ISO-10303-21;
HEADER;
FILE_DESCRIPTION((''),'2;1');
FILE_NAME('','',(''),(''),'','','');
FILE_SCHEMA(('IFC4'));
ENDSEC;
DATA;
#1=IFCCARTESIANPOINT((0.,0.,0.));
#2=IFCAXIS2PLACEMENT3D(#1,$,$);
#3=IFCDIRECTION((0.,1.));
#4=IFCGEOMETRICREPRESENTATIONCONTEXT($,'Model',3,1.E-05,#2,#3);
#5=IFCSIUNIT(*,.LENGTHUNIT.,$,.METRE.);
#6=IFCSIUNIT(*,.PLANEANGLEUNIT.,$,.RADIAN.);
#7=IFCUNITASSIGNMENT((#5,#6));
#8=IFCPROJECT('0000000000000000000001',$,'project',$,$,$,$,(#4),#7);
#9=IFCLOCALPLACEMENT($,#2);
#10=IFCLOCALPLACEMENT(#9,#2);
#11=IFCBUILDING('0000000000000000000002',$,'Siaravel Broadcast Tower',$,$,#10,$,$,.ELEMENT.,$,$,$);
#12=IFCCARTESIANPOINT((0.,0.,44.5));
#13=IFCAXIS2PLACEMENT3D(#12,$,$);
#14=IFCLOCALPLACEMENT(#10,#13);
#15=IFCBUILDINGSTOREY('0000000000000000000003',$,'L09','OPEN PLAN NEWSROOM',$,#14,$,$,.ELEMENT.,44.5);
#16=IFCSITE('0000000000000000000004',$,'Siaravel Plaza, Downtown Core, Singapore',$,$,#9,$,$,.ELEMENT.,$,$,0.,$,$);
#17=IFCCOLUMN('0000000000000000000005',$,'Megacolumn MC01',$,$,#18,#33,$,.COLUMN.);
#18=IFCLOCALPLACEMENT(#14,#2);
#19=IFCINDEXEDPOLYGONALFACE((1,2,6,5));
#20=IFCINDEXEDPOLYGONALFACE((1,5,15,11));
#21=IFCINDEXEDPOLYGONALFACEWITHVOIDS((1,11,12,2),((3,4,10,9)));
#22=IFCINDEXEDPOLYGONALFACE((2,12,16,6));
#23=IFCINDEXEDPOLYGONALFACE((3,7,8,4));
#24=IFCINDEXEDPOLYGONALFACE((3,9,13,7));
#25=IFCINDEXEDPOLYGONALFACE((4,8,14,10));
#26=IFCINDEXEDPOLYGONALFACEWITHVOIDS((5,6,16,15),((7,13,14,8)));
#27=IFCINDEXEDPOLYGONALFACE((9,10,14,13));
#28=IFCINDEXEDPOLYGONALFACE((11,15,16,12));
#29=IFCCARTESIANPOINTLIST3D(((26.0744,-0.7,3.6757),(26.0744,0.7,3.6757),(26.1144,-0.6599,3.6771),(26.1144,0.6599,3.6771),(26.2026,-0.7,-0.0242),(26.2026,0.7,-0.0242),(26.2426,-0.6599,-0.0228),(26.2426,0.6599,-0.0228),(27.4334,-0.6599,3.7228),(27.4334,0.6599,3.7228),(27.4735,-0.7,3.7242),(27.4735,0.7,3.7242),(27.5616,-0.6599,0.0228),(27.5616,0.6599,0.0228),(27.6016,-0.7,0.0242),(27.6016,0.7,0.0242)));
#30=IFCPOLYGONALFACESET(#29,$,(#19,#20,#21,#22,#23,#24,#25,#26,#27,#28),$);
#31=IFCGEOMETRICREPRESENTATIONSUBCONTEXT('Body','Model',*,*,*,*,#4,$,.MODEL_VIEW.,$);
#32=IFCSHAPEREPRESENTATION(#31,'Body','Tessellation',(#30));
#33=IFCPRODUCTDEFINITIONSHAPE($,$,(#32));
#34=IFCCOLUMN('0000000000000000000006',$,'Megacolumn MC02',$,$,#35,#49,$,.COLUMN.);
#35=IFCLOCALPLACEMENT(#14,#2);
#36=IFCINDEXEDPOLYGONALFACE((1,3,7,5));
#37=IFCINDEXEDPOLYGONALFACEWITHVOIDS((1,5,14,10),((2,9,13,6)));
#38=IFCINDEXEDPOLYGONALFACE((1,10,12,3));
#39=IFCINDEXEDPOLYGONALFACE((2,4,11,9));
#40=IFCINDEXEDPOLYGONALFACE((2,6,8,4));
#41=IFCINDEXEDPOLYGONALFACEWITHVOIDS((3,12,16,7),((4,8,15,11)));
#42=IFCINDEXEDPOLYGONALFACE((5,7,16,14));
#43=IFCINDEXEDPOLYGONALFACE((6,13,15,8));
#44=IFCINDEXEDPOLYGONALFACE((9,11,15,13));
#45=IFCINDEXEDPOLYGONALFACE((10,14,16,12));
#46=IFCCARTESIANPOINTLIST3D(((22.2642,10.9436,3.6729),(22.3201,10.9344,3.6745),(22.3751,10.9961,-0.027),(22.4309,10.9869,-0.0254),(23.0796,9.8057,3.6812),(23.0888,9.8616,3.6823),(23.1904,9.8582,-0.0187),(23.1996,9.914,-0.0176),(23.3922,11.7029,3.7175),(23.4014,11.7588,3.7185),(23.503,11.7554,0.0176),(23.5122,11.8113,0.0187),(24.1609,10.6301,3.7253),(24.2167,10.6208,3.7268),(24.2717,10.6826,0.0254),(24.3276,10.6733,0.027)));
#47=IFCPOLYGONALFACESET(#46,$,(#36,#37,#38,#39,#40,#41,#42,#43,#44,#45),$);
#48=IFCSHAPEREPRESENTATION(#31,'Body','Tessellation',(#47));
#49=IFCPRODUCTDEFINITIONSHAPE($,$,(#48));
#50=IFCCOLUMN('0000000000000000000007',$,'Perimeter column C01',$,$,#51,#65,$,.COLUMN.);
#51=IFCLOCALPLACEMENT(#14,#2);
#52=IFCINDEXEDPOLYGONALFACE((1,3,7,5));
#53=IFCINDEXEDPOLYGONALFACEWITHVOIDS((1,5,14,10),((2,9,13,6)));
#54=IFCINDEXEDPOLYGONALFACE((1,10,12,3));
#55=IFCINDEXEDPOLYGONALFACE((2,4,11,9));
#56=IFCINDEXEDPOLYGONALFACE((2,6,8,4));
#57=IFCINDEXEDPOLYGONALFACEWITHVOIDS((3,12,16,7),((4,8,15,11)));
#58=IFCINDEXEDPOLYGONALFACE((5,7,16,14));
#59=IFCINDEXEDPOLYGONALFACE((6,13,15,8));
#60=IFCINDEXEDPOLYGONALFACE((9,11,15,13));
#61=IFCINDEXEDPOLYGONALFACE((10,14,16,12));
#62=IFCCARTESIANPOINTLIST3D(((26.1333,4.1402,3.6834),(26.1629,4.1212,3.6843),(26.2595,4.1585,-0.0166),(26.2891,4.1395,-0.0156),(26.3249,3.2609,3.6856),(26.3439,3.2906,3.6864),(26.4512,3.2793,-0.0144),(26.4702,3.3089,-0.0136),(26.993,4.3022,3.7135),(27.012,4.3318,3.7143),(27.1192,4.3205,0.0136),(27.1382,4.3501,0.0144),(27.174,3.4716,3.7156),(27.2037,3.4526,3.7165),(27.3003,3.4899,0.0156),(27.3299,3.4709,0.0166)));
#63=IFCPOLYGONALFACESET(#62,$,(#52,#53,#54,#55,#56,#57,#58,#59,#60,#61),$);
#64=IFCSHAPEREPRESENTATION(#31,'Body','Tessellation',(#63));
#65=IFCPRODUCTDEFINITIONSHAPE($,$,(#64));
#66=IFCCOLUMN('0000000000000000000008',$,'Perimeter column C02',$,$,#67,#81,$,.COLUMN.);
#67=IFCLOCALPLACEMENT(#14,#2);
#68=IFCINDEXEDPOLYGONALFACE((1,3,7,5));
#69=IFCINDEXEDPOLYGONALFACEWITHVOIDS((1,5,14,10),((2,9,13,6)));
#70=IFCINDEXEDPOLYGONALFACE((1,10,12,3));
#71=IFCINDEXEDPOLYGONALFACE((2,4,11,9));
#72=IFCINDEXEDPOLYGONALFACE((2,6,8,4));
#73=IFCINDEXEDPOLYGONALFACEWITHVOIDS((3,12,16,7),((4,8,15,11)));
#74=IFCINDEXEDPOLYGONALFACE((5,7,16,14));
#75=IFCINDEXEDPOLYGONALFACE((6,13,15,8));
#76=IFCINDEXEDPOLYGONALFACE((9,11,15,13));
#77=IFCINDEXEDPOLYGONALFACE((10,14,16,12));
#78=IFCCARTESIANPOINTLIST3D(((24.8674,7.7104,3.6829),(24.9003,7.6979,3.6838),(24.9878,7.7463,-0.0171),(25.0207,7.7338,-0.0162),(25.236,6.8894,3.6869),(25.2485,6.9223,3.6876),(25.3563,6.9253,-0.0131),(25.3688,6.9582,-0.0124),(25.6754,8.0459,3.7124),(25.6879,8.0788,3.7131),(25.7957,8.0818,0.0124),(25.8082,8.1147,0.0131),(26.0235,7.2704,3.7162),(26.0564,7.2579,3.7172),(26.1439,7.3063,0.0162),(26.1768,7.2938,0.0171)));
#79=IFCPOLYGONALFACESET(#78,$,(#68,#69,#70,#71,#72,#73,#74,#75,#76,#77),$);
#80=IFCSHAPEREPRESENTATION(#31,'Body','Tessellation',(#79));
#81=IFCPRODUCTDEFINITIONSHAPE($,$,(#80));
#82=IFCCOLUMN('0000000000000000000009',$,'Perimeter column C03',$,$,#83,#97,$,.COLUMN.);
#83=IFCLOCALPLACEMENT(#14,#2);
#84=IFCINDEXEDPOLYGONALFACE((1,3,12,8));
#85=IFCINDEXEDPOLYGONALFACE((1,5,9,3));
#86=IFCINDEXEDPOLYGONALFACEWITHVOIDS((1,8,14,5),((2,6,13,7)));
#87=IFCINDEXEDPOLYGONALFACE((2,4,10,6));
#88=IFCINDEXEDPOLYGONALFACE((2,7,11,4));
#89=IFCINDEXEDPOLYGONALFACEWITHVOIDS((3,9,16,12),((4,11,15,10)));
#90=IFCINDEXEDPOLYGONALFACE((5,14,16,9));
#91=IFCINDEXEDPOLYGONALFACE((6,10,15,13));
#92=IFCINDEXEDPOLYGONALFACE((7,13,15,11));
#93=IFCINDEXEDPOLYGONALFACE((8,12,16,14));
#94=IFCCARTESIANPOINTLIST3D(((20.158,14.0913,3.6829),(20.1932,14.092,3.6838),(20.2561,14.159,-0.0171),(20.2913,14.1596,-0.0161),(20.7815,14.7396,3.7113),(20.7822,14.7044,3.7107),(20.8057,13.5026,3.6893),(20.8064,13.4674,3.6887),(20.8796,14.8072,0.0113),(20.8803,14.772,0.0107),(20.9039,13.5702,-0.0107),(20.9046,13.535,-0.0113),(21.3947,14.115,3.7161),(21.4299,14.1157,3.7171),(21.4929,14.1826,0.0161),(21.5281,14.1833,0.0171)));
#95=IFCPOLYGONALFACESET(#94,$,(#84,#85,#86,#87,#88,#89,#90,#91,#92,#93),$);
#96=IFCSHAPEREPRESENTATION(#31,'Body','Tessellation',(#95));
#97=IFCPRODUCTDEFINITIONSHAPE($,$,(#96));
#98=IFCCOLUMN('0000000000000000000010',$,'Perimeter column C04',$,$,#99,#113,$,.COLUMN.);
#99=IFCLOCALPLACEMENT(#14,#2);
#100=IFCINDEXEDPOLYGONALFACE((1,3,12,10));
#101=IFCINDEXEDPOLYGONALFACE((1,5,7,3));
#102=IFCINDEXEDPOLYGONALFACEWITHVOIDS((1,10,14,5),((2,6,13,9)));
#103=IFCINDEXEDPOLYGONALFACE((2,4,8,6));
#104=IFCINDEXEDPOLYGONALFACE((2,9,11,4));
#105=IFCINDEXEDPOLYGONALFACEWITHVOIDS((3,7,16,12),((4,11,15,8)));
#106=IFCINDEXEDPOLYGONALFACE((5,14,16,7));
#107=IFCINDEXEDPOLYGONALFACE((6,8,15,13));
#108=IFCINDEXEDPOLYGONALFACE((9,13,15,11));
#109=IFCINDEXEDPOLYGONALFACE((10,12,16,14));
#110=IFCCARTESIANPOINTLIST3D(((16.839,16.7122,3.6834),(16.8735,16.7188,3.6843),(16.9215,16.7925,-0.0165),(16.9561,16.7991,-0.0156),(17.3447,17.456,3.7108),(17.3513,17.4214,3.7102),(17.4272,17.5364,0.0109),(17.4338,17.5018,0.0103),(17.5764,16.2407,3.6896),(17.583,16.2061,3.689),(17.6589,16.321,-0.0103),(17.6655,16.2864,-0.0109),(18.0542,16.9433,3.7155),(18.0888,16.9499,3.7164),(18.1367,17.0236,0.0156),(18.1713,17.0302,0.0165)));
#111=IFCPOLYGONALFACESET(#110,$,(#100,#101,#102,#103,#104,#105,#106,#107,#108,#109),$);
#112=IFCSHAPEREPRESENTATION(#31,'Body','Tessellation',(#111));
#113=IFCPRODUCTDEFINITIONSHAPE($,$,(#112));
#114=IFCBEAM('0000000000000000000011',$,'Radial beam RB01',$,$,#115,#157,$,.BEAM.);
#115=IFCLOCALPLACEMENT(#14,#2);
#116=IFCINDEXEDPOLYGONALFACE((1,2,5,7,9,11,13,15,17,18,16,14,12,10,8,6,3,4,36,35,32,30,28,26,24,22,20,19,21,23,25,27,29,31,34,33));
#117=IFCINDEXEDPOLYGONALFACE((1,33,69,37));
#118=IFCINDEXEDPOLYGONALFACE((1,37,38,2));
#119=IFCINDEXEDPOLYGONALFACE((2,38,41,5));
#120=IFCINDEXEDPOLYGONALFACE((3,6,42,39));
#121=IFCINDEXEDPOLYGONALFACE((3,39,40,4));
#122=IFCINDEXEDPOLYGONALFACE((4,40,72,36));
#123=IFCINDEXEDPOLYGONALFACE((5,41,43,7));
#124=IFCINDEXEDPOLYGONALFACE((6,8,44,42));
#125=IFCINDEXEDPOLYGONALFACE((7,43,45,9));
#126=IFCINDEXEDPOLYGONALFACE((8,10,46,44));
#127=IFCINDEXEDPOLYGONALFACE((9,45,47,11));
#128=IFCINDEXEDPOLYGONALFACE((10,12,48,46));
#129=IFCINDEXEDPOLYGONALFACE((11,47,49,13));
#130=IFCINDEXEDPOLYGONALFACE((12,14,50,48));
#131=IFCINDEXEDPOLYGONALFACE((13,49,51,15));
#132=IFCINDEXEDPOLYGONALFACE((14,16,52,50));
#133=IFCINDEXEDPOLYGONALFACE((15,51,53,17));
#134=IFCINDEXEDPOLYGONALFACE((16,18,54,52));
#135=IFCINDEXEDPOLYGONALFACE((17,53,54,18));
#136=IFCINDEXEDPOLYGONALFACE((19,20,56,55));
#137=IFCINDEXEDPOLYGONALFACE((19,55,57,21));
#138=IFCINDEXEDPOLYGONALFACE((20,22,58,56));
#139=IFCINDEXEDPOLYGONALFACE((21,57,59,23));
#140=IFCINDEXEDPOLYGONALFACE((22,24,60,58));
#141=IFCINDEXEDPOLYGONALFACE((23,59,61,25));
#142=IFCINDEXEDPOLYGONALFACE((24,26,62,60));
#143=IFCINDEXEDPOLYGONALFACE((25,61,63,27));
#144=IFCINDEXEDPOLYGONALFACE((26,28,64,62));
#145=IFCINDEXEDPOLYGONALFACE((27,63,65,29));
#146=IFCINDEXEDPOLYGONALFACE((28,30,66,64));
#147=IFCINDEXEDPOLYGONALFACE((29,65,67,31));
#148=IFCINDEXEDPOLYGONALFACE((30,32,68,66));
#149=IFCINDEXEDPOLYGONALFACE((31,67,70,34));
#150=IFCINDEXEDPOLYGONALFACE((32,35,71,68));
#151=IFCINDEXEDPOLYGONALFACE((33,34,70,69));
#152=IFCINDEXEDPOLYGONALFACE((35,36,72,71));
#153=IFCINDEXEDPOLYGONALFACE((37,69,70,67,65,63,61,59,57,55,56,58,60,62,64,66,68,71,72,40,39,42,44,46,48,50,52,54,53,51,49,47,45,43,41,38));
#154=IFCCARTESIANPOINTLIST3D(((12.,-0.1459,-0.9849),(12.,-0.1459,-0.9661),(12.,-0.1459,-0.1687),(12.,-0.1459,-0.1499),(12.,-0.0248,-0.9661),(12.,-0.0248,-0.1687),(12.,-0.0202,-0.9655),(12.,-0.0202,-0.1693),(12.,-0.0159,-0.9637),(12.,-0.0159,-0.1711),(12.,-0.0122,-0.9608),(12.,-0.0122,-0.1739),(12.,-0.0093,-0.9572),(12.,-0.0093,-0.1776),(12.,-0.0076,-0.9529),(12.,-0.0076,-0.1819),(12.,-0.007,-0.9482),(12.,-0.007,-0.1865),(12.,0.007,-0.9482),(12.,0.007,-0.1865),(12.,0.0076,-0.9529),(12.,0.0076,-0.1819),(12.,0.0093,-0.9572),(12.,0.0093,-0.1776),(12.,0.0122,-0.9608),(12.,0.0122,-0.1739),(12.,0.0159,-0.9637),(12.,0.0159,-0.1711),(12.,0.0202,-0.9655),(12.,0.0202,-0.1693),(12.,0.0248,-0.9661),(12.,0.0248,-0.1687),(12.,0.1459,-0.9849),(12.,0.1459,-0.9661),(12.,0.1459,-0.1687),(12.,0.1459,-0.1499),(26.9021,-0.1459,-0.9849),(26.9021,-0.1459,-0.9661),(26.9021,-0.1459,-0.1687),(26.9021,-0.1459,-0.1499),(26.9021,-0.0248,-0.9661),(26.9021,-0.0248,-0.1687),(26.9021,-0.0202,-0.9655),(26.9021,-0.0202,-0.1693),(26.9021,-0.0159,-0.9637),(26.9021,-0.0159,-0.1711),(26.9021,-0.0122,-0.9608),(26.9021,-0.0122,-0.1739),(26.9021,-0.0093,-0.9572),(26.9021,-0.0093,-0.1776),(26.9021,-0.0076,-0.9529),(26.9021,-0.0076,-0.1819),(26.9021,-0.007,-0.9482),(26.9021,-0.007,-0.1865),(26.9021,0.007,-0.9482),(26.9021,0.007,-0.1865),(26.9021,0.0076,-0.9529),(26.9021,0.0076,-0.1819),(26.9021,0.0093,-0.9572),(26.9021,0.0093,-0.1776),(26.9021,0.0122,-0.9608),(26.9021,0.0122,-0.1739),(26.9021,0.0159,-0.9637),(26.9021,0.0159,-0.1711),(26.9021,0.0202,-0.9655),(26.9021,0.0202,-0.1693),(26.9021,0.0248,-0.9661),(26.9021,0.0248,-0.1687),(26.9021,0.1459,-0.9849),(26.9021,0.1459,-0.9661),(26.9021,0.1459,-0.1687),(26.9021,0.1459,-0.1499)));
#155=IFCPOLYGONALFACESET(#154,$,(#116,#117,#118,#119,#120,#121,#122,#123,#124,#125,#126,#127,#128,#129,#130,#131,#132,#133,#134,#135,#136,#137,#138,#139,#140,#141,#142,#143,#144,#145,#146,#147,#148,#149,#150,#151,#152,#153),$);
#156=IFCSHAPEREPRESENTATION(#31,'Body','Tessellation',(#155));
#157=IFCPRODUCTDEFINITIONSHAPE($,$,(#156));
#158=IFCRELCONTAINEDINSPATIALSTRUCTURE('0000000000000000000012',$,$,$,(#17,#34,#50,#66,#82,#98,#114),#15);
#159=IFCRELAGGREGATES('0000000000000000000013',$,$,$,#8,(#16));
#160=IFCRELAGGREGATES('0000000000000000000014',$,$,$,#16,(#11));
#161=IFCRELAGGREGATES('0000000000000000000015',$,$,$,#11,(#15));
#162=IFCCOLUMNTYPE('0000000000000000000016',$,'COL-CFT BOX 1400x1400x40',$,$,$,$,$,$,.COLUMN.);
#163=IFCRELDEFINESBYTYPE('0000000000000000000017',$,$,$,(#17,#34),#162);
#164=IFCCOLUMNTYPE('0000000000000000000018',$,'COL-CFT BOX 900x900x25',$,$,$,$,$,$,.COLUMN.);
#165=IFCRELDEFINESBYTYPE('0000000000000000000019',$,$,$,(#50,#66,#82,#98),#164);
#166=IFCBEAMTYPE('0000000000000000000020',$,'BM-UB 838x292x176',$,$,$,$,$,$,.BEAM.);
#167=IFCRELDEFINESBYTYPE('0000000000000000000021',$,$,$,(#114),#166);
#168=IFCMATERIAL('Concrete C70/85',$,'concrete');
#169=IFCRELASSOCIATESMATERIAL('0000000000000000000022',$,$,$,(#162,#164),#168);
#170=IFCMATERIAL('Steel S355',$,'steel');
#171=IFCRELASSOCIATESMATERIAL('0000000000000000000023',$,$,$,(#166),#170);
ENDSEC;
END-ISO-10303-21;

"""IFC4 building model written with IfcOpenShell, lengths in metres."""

from ifc_helpers import new_model, si_unit, direction, frame, origin, origin_2d, place, context, subcontext, project, spatial, hollow_rectangle, i_section, extrude, material, material_profile, profile_set, type_object, element, save


model = new_model("IFC4")

# Units and contexts
model_context = context("Model", 3, precision=1e-05, world=origin(), true_north=direction((0.0, 1.0)))
body_context = subcontext(model_context, "Body", "Model", "MODEL_VIEW")
ifc_project = project(units=[si_unit("LENGTHUNIT", "METRE"), si_unit("PLANEANGLEUNIT", "RADIAN")], contexts=[model_context])

# Site, building, storey
site_placement = place(None, origin())
site = spatial("IfcSite", under=ifc_project, at=site_placement, Name="Siaravel Plaza, Downtown Core, Singapore", CompositionType="ELEMENT", RefElevation=0.0)
building_placement = place(site_placement, origin())
building = spatial("IfcBuilding", under=site, at=building_placement, Name="Siaravel Broadcast Tower", CompositionType="ELEMENT")
storey_placement = place(building_placement, frame((0.0, 0.0, 44.5)))
storey = spatial("IfcBuildingStorey", under=building, at=storey_placement, Name="L09", Description="OPEN PLAN NEWSROOM", CompositionType="ELEMENT", Elevation=44.5)

# Columns
ifc_material_1 = material(Name="Concrete C70/85", Category="concrete")
ifc_material_profile_1 = material_profile(ifc_material_1, hollow_rectangle(XDim=1.3999, YDim=1.3999, WallThickness=0.04, at=origin_2d()))
ifc_profile_set_1 = profile_set([ifc_material_profile_1], Name="Concrete C70/85")
column_type_1 = type_object("IfcColumnType", Name="COL-CFT BOX 1400x1400x40", PredefinedType="COLUMN", material=ifc_profile_set_1)
column_1_placement = place(storey_placement, frame((26.9021, 0.0, 0.0), z_axis=(-0.034621, 0.0, 0.999401), x_axis=(0.0, -1.0, 0.0)))
element("IfcColumn", 1, at=column_1_placement, inside=storey, type_object=column_type_1, Name="Megacolumn MC01", PredefinedType="COLUMN", context=body_context, shape_type="SweptSolid", body=[
    extrude(hollow_rectangle(XDim=1.3999, YDim=1.3999, WallThickness=0.04, at=origin_2d()), origin(), (0.0, 0.0, 1.0), 3.7021),
])
column_2_placement = place(storey_placement, frame((23.3513, 10.8347, 0.0), z_axis=(-0.029941, -0.014179, 0.999451), x_axis=(0.582428, -0.812861, 0.005916)))
element("IfcColumn", 2, at=column_2_placement, inside=storey, type_object=column_type_1, Name="Megacolumn MC02", PredefinedType="COLUMN", context=body_context, shape_type="SweptSolid", body=[
    extrude(hollow_rectangle(XDim=1.3999, YDim=1.3999, WallThickness=0.04, at=origin_2d()), origin(), (0.0, 0.0, 1.0), 3.7019),
])
ifc_material_profile_2 = material_profile(ifc_material_1, hollow_rectangle(XDim=0.8999, YDim=0.8999, WallThickness=0.0249, at=origin_2d()))
ifc_profile_set_2 = profile_set([ifc_material_profile_2], Name="Concrete C70/85")
column_type_2 = type_object("IfcColumnType", Name="COL-CFT BOX 900x900x25", PredefinedType="COLUMN", material=ifc_profile_set_2)
for number, where, z_axis, x_axis, name in (
    (3, (26.7947, 3.8147, 0.0), (-0.034094, -0.004946, 0.999406), (0.212992, -0.977051, 0.002431), "Perimeter column C01"),
    (4, (25.5823, 7.52, 0.0), (-0.032512, -0.009694, 0.999424), (0.409536, -0.912283, 0.004473), "Perimeter column C02"),
):
    element("IfcColumn", number, at=place(storey_placement, frame(where, z_axis=z_axis, x_axis=x_axis)), inside=storey, type_object=column_type_2, Name=name, PredefinedType="COLUMN", context=body_context, shape_type="SweptSolid", body=[
        extrude(hollow_rectangle(XDim=0.8999, YDim=0.8999, WallThickness=0.0249, at=origin_2d()), origin(), (0.0, 0.0, 1.0), 3.7021),
    ])
column_3_placement = place(storey_placement, frame((20.8921, 14.1711, 0.0), z_axis=(-0.026512, -0.018268, 0.999482), x_axis=(0.720586, -0.693335, 0.006442)))
element("IfcColumn", 5, at=column_3_placement, inside=storey, type_object=column_type_2, Name="Perimeter column C03", PredefinedType="COLUMN", context=body_context, shape_type="SweptSolid", body=[
    extrude(hollow_rectangle(XDim=0.8999, YDim=0.8999, WallThickness=0.0249, at=origin_2d()), origin(), (0.0, 0.0, 1.0), 3.7019),
])
column_4_placement = place(storey_placement, frame((17.5464, 16.9114, 0.0), z_axis=(-0.022292, -0.021698, 0.999516), x_axis=(0.826824, -0.562426, 0.006231)))
element("IfcColumn", 6, at=column_4_placement, inside=storey, type_object=column_type_2, Name="Perimeter column C04", PredefinedType="COLUMN", context=body_context, shape_type="SweptSolid", body=[
    extrude(hollow_rectangle(XDim=0.8999, YDim=0.8999, WallThickness=0.0249, at=origin_2d()), origin(), (0.0, 0.0, 1.0), 3.7017),
])

# Beam
ifc_material_2 = material(Name="Steel S355", Category="steel")
ifc_material_profile_3 = material_profile(ifc_material_2, i_section(OverallWidth=0.2917, OverallDepth=0.835, WebThickness=0.0139, FlangeThickness=0.0188, FilletRadius=0.0178, at=origin_2d()))
ifc_profile_set_3 = profile_set([ifc_material_profile_3], Name="Steel S355")
beam_type = type_object("IfcBeamType", Name="BM-UB 838x292x176", PredefinedType="BEAM", material=ifc_profile_set_3)
beam_1_placement = place(storey_placement, frame((26.9021, 0.0, -0.5674), z_axis=(-1.0, 0.0, 0.0), x_axis=(0.0, -1.0, 0.0)))
element("IfcBeam", 7, at=beam_1_placement, inside=storey, type_object=beam_type, Name="Radial beam RB01", PredefinedType="BEAM", context=body_context, shape_type="SweptSolid", body=[
    extrude(i_section(OverallWidth=0.2917, OverallDepth=0.835, WebThickness=0.0139, FlangeThickness=0.0188, FilletRadius=0.0178, at=origin_2d()), origin(), (0.0, 0.0, 1.0), 14.9021),
])

save(model, "model.ifc")
